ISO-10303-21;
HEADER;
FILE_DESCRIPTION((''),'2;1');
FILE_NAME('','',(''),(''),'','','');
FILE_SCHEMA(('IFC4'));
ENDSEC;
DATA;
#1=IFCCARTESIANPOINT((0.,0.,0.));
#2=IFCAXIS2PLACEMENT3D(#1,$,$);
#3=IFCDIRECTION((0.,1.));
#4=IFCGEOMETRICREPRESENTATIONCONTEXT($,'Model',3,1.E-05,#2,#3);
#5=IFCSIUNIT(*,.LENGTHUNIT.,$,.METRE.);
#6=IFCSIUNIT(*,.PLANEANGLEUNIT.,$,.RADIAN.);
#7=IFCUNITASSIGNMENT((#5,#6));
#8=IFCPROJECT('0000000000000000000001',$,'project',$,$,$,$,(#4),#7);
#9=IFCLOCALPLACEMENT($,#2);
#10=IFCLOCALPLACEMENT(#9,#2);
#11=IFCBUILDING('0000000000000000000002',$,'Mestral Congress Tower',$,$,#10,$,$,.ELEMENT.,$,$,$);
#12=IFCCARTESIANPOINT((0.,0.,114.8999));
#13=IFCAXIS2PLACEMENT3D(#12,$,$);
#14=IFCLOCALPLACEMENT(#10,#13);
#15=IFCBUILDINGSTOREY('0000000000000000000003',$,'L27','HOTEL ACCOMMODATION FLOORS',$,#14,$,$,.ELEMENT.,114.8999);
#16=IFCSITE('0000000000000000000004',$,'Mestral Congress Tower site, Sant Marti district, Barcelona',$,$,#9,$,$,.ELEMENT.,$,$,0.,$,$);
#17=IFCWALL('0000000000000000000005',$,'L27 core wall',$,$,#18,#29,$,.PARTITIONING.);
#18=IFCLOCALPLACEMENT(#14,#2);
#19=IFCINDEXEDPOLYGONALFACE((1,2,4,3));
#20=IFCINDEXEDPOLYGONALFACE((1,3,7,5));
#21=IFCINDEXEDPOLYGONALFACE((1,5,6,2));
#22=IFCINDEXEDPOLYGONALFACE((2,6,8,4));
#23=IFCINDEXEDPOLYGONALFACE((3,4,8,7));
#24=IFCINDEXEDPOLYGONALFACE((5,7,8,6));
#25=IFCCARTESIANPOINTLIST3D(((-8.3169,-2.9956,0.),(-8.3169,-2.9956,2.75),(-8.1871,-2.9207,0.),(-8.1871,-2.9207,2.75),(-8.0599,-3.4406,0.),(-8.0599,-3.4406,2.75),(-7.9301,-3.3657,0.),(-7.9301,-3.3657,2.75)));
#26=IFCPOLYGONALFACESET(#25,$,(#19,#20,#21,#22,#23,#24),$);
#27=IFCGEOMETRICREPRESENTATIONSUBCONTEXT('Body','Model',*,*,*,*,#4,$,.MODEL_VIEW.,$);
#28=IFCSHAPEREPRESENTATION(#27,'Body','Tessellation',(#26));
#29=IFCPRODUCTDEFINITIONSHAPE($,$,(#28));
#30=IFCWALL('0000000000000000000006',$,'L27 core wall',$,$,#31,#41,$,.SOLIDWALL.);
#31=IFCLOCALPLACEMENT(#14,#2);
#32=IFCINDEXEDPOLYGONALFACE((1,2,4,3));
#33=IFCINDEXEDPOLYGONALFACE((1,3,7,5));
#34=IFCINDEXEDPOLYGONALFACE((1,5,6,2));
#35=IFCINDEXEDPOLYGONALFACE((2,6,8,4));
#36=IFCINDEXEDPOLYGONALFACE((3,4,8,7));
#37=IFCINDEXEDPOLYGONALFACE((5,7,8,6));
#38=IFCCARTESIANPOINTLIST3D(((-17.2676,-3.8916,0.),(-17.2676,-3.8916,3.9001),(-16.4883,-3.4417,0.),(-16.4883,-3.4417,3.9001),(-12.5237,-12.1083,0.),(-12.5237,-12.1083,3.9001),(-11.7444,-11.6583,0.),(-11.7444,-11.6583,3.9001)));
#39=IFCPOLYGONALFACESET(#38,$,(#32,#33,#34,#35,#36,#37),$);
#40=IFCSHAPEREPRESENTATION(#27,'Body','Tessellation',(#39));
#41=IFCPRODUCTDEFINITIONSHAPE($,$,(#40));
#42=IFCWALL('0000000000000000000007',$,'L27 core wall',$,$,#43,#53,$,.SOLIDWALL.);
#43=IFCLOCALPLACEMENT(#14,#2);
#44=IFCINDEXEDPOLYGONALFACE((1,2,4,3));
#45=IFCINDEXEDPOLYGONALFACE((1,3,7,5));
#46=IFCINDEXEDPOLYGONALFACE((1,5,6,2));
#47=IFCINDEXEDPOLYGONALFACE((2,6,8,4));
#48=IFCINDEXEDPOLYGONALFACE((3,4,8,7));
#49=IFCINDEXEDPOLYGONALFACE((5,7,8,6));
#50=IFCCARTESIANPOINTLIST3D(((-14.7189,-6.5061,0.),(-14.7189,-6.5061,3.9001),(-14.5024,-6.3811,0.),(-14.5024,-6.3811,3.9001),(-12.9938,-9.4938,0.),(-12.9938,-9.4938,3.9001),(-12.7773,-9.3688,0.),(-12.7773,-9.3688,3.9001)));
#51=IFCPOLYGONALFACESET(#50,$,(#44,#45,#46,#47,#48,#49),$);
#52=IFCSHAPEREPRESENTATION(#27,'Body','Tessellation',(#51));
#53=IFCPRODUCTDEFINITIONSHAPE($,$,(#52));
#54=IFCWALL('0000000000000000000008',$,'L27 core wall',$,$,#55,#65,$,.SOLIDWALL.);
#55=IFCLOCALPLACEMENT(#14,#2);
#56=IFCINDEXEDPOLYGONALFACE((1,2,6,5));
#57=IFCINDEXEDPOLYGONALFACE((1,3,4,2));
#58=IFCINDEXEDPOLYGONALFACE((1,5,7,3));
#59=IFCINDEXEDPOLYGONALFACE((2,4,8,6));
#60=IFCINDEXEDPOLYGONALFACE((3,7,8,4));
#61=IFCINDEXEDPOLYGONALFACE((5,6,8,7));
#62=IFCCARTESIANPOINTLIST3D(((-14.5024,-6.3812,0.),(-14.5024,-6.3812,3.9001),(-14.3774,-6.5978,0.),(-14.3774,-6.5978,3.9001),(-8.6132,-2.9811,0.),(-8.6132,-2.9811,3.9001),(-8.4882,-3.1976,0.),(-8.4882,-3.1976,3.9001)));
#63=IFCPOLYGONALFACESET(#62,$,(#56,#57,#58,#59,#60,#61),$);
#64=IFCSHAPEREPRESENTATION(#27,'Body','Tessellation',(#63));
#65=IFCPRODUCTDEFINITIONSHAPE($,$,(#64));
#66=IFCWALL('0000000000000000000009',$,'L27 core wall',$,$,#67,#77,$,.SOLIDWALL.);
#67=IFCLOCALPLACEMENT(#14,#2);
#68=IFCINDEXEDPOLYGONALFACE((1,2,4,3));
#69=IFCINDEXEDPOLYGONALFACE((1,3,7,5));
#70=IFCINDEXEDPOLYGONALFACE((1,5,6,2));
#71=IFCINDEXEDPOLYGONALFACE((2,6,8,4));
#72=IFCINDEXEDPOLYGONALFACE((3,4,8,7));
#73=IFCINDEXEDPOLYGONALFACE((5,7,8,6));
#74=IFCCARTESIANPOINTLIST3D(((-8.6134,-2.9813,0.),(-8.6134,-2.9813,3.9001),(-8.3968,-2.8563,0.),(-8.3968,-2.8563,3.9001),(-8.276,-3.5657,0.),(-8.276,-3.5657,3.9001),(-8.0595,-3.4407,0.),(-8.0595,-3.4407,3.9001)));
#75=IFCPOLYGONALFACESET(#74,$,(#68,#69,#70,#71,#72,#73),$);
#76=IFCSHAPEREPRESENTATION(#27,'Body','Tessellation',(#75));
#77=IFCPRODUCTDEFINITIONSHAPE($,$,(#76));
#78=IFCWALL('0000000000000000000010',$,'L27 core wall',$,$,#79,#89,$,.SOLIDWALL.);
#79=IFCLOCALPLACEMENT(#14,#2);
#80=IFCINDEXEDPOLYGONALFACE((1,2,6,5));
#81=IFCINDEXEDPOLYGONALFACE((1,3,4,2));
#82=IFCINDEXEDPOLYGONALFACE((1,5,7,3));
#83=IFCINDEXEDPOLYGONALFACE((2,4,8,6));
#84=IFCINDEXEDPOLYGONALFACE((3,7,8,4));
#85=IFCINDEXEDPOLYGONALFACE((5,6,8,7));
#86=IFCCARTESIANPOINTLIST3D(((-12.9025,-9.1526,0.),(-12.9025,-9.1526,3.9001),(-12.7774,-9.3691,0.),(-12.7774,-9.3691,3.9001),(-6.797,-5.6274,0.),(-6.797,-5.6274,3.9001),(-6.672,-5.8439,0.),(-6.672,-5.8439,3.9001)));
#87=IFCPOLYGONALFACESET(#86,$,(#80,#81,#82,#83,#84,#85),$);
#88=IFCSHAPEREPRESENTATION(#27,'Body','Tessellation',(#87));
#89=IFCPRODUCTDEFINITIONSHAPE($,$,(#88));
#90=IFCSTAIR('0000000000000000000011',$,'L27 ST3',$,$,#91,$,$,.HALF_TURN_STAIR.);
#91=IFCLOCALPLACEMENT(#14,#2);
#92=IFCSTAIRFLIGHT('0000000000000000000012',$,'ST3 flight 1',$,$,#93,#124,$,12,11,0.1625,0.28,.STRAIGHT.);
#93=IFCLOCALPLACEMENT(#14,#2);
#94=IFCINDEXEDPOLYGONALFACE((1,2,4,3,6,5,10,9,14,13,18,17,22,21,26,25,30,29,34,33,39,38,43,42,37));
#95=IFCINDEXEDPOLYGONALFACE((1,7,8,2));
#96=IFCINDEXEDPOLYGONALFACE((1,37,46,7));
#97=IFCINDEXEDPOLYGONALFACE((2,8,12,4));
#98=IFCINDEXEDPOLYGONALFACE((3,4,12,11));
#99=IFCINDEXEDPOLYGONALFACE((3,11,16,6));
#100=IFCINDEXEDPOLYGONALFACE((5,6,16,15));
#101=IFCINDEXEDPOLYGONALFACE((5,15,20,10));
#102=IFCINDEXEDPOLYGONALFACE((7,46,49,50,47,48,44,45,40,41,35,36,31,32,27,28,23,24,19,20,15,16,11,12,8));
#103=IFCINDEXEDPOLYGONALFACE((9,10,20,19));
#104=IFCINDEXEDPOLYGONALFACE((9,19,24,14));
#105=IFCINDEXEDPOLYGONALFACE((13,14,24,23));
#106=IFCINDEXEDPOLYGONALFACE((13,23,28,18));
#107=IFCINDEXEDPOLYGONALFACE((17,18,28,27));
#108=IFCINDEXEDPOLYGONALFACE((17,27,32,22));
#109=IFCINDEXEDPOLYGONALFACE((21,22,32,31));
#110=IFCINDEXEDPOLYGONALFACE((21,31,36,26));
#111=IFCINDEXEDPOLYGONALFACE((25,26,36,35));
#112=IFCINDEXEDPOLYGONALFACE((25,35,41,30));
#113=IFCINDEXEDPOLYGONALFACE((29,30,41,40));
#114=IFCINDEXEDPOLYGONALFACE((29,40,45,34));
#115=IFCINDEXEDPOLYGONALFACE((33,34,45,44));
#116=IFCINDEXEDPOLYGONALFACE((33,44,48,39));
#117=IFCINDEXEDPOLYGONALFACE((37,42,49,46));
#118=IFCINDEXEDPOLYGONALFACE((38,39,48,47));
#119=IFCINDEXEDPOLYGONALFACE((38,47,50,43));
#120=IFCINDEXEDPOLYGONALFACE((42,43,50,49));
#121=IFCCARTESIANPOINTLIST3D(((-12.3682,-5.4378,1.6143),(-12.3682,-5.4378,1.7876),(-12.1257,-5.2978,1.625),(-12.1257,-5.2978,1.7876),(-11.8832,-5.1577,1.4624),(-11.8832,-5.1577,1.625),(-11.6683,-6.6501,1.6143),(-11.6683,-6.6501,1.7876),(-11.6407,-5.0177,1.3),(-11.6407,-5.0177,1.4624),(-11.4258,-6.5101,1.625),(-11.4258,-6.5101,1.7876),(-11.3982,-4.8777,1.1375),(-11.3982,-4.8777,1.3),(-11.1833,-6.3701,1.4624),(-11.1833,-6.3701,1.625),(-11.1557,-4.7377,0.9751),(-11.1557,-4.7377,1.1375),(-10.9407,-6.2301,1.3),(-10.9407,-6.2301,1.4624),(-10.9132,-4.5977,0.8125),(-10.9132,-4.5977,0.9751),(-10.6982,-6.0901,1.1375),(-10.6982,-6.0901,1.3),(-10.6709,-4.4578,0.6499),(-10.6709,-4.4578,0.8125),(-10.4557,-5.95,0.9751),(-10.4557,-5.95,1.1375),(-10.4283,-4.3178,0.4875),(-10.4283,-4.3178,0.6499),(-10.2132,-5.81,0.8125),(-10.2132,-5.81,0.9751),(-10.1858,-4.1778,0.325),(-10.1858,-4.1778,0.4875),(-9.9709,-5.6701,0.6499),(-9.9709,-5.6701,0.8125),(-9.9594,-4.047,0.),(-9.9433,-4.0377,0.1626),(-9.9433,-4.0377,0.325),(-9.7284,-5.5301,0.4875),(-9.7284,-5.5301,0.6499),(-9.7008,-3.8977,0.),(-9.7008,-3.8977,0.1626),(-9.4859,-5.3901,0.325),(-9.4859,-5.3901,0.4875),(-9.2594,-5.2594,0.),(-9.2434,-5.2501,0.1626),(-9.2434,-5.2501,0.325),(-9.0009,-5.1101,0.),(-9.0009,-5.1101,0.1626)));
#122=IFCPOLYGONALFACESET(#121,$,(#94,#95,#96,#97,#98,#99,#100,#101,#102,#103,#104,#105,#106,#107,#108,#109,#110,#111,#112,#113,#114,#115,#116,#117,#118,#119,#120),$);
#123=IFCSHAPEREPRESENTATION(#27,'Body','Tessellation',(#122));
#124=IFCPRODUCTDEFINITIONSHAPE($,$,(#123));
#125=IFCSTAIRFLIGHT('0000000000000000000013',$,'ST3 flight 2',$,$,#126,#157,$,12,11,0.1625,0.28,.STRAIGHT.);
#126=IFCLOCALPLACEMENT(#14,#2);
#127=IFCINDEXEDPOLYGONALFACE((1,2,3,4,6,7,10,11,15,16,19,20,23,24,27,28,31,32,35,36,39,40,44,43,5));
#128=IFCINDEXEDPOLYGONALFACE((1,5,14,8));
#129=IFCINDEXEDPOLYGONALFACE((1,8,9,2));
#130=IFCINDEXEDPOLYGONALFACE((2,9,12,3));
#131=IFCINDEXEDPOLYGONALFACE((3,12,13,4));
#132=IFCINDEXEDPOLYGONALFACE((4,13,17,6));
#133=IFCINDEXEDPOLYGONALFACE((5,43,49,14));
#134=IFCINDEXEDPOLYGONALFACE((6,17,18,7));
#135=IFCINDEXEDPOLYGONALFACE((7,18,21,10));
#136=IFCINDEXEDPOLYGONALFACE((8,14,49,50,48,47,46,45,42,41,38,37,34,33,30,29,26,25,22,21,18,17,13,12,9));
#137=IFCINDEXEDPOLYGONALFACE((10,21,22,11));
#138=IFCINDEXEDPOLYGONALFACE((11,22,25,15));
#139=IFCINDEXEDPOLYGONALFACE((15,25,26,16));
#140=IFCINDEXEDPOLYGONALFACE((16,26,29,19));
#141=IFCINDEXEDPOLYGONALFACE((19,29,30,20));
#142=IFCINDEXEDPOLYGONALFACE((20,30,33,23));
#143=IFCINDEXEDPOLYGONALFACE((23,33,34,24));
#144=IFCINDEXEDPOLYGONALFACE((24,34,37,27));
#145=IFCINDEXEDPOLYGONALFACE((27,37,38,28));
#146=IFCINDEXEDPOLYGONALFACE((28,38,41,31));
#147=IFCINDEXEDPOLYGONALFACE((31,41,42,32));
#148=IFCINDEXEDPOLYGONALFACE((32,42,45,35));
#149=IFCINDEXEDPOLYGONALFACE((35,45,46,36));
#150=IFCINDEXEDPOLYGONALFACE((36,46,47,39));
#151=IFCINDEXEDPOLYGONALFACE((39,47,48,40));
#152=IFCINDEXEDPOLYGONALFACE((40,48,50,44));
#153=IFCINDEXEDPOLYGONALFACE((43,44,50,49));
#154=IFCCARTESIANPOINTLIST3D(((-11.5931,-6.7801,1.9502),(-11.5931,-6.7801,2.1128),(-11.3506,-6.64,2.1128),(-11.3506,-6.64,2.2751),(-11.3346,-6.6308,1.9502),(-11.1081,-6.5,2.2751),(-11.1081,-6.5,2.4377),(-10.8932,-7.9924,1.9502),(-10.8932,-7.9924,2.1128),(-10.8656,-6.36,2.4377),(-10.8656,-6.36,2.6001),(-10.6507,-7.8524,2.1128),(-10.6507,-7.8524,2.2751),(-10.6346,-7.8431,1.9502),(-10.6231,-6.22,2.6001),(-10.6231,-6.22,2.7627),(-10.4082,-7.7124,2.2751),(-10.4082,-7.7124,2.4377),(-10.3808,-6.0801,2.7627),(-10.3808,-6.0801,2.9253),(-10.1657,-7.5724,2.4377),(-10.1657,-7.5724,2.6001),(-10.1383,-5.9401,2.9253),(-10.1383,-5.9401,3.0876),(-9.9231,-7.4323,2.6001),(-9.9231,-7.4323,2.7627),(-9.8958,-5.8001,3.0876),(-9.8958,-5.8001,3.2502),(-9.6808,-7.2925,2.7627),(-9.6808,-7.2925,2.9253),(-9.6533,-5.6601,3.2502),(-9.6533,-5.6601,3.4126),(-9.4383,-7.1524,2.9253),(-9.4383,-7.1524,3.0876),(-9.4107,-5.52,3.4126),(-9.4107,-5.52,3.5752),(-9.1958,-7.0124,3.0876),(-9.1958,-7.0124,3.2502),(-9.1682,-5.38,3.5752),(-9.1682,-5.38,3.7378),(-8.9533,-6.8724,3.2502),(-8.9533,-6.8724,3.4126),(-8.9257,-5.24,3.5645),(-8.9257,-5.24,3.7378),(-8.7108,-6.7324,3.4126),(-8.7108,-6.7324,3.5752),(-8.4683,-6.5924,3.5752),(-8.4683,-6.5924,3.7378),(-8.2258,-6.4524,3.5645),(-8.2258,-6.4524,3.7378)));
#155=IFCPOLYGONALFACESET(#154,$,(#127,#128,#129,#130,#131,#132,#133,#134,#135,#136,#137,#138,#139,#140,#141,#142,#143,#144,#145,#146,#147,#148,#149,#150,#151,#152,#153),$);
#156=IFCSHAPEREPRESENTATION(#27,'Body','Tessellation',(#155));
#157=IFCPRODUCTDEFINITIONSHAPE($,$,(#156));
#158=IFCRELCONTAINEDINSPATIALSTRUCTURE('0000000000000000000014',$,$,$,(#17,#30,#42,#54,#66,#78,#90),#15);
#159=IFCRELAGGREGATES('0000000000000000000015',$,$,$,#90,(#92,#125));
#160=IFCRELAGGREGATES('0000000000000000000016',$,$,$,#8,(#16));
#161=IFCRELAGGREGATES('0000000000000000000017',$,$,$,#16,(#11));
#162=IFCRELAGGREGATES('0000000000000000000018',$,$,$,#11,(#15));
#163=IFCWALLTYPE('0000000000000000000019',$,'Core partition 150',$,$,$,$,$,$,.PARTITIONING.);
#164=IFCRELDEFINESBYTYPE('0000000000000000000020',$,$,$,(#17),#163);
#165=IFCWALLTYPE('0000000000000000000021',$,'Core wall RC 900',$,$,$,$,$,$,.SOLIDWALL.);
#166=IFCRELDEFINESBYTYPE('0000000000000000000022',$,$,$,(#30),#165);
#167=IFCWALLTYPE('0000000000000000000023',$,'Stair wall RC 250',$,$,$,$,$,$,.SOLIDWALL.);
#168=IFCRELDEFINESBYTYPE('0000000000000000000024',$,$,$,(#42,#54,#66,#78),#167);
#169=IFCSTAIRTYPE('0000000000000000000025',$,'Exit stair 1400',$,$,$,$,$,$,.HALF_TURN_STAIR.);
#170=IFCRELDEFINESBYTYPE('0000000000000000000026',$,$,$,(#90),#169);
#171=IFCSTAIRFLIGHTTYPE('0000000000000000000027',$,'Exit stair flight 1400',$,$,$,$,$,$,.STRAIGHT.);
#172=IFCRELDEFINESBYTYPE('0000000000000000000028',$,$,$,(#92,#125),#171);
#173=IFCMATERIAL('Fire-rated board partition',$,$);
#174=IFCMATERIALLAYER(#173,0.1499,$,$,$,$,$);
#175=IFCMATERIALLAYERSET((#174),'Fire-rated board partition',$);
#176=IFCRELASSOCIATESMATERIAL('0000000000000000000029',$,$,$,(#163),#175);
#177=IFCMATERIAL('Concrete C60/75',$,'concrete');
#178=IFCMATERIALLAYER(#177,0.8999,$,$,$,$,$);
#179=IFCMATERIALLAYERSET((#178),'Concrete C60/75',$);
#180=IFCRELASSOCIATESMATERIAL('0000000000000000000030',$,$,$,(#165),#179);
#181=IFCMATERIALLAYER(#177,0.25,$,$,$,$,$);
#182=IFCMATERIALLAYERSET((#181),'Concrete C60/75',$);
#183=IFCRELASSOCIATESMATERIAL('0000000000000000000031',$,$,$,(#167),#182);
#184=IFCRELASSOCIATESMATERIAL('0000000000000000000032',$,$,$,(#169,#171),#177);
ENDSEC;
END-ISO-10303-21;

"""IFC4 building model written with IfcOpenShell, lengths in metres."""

from ifc_helpers import new_model, si_unit, direction, frame, frame_2d, origin, place, context, subcontext, project, spatial, polyline, rectangle, outline, extrude, material, layer, layer_set, type_object, element, aggregate, save


model = new_model("IFC4")

# Units and contexts
model_context = context("Model", 3, precision=1e-05, world=origin(), true_north=direction((0.0, 1.0)))
body_context = subcontext(model_context, "Body", "Model", "MODEL_VIEW")
ifc_project = project(units=[si_unit("LENGTHUNIT", "METRE"), si_unit("PLANEANGLEUNIT", "RADIAN")], contexts=[model_context])

# Site, building, storey
site_placement = place(None, origin())
site = spatial("IfcSite", under=ifc_project, at=site_placement, Name="Mestral Congress Tower site, Sant Marti district, Barcelona", CompositionType="ELEMENT", RefElevation=0.0)
building_placement = place(site_placement, origin())
building = spatial("IfcBuilding", under=site, at=building_placement, Name="Mestral Congress Tower", CompositionType="ELEMENT")
storey_placement = place(building_placement, frame((0.0, 0.0, 114.8999)))
storey = spatial("IfcBuildingStorey", under=building, at=storey_placement, Name="L27", Description="HOTEL ACCOMMODATION FLOORS", CompositionType="ELEMENT", Elevation=114.8999)

# Walls
ifc_material_1 = material(Name="Fire-rated board partition")
ifc_layer_1 = layer(ifc_material_1, 0.1499)
ifc_layer_set_1 = layer_set([ifc_layer_1], Name="Fire-rated board partition")
wall_type_1 = type_object("IfcWallType", Name="Core partition 150", PredefinedType="PARTITIONING", material=ifc_layer_set_1)
wall_1_placement = place(storey_placement, frame((-8.252, -2.9583, 0.0), z_axis=(0.0, 0.0, 1.0), x_axis=(0.500175, -0.865925, 0.0)))
element("IfcWall", 1, at=wall_1_placement, inside=storey, type_object=wall_type_1, Name="L27 core wall", PredefinedType="PARTITIONING", context=body_context, shape_type="SweptSolid", body=[
    extrude(rectangle(XDim=0.5139, YDim=0.1499, at=frame_2d((0.2568, 0.0))), origin(), (0.0, 0.0, 1.0), 2.75),
])
ifc_material_2 = material(Name="Concrete C60/75", Category="concrete")
ifc_layer_2 = layer(ifc_material_2, 0.8999)
ifc_layer_set_2 = layer_set([ifc_layer_2], Name="Concrete C60/75")
wall_type_2 = type_object("IfcWallType", Name="Core wall RC 900", PredefinedType="SOLIDWALL", material=ifc_layer_set_2)
wall_2_placement = place(storey_placement, frame((-12.134, -11.8833, 0.0), z_axis=(0.0, 0.0, 1.0), x_axis=(-0.500005, 0.866022, 0.0)))
element("IfcWall", 2, at=wall_2_placement, inside=storey, type_object=wall_type_2, Name="L27 core wall", PredefinedType="SOLIDWALL", context=body_context, shape_type="SweptSolid", body=[
    extrude(rectangle(XDim=9.4878, YDim=0.8999, at=frame_2d((4.7439, 0.0))), origin(), (0.0, 0.0, 1.0), 3.9001),
])
ifc_layer_3 = layer(ifc_material_2, 0.25)
ifc_layer_set_3 = layer_set([ifc_layer_3], Name="Concrete C60/75")
wall_type_3 = type_object("IfcWallType", Name="Stair wall RC 250", PredefinedType="SOLIDWALL", material=ifc_layer_set_3)
wall_3_placement = place(storey_placement, frame((-12.8855, -9.4314, 0.0), z_axis=(0.0, 0.0, 1.0), x_axis=(-0.500021, 0.866014, 0.0)))
element("IfcWall", 3, at=wall_3_placement, inside=storey, type_object=wall_type_3, Name="L27 core wall", PredefinedType="SOLIDWALL", context=body_context, shape_type="SweptSolid", body=[
    extrude(rectangle(XDim=3.45, YDim=0.25, at=frame_2d((1.7251, 0.0))), origin(), (0.0, 0.0, 1.0), 3.9001),
])
wall_4_placement = place(storey_placement, frame((-14.4399, -6.4895, 0.0), z_axis=(0.0, 0.0, 1.0), x_axis=(0.866023, 0.500004, 0.0)))
element("IfcWall", 4, at=wall_4_placement, inside=storey, type_object=wall_type_3, Name="L27 core wall", PredefinedType="SOLIDWALL", context=body_context, shape_type="SweptSolid", body=[
    extrude(rectangle(XDim=6.8003, YDim=0.25, at=frame_2d((3.4001, 0.0))), origin(), (0.0, 0.0, 1.0), 3.9001),
])
wall_5_placement = place(storey_placement, frame((-8.1677, -3.5032, 0.0), z_axis=(0.0, 0.0, 1.0), x_axis=(-0.499952, 0.866053, 0.0)))
element("IfcWall", 5, at=wall_5_placement, inside=storey, type_object=wall_type_3, Name="L27 core wall", PredefinedType="SOLIDWALL", context=body_context, shape_type="SweptSolid", body=[
    extrude(rectangle(XDim=0.6748, YDim=0.25, at=frame_2d((0.3374, 0.0))), origin(), (0.0, 0.0, 1.0), 3.9001),
])
wall_6_placement = place(storey_placement, frame((-12.8398, -9.2607, 0.0), z_axis=(0.0, 0.0, 1.0), x_axis=(0.866016, 0.500016, 0.0)))
element("IfcWall", 6, at=wall_6_placement, inside=storey, type_object=wall_type_3, Name="L27 core wall", PredefinedType="SOLIDWALL", context=body_context, shape_type="SweptSolid", body=[
    extrude(rectangle(XDim=7.05, YDim=0.25, at=frame_2d((3.5249, 0.0))), origin(), (0.0, 0.0, 1.0), 3.9001),
])

# Stair, stair flights
stair_type = type_object("IfcStairType", Name="Exit stair 1400", PredefinedType="HALF_TURN_STAIR", material=ifc_material_2)
stair_placement = place(storey_placement, origin())
stair = element("IfcStair", 7, at=stair_placement, inside=storey, type_object=stair_type, Name="L27 ST3", PredefinedType="HALF_TURN_STAIR")
stair_flight_type = type_object("IfcStairFlightType", Name="Exit stair flight 1400", PredefinedType="STRAIGHT", material=ifc_material_2)
stair_flight_1_placement = place(storey_placement, frame((-9.3508, -4.5039, 0.0), z_axis=(0.0, 0.0, 1.0), x_axis=(-0.866025, -0.5, 0.0)))
stair_flight_1 = element("IfcStairFlight", 8, at=stair_flight_1_placement, type_object=stair_flight_type, Name="ST3 flight 1", NumberOfRisers=12, NumberOfTreads=11, PredefinedType="STRAIGHT", RiserHeight=0.1625, TreadLength=0.28, context=body_context, shape_type="SweptSolid", body=[
    extrude(outline(polyline([(0.0, 0.0), (0.0, 0.1626), (0.28, 0.1626), (0.28, 0.325), (0.5601, 0.325), (0.5601, 0.4875), (0.8401, 0.4875), (0.8401, 0.6499), (1.1201, 0.6499), (1.1201, 0.8125), (1.3999, 0.8125), (1.3999, 0.9751), (1.6799, 0.9751), (1.6799, 1.1375), (1.96, 1.1375), (1.96, 1.3), (2.24, 1.3), (2.24, 1.4624), (2.52, 1.4624), (2.52, 1.625), (2.8, 1.625), (2.8, 1.7876), (3.0801, 1.7876), (3.0801, 1.95), (3.0801, 1.6143), (0.2986, 0.0), (0.0, 0.0)])), frame((0.0, 0.7, 0.0), z_axis=(0.0, -1.0, 0.0), x_axis=(1.0, 0.0, 0.0)), (0.0, 0.0, 1.0), 1.3999),
])
stair_flight_2_placement = place(storey_placement, frame((-11.2432, -7.3862, 1.9502), z_axis=(0.0, 0.0, 1.0), x_axis=(0.866025, 0.5, 0.0)))
stair_flight_2 = element("IfcStairFlight", 9, at=stair_flight_2_placement, type_object=stair_flight_type, Name="ST3 flight 2", NumberOfRisers=12, NumberOfTreads=11, PredefinedType="STRAIGHT", RiserHeight=0.1625, TreadLength=0.28, context=body_context, shape_type="SweptSolid", body=[
    extrude(outline(polyline([(0.0, 0.0), (0.0, 0.1626), (0.28, 0.1626), (0.28, 0.325), (0.5601, 0.325), (0.5601, 0.4875), (0.8401, 0.4875), (0.8401, 0.6499), (1.1201, 0.6499), (1.1201, 0.8125), (1.3999, 0.8125), (1.3999, 0.9751), (1.6799, 0.9751), (1.6799, 1.1375), (1.96, 1.1375), (1.96, 1.3), (2.24, 1.3), (2.24, 1.4624), (2.52, 1.4624), (2.52, 1.625), (2.8, 1.625), (2.8, 1.7876), (3.0801, 1.7876), (3.0801, 1.95), (3.0801, 1.6143), (0.2986, 0.0), (0.0, 0.0)])), frame((0.0, 0.7, 0.0), z_axis=(0.0, -1.0, 0.0), x_axis=(1.0, 0.0, 0.0)), (0.0, 0.0, 1.0), 1.3999),
])
aggregate(stair, [stair_flight_1, stair_flight_2])

save(model, "model.ifc")
